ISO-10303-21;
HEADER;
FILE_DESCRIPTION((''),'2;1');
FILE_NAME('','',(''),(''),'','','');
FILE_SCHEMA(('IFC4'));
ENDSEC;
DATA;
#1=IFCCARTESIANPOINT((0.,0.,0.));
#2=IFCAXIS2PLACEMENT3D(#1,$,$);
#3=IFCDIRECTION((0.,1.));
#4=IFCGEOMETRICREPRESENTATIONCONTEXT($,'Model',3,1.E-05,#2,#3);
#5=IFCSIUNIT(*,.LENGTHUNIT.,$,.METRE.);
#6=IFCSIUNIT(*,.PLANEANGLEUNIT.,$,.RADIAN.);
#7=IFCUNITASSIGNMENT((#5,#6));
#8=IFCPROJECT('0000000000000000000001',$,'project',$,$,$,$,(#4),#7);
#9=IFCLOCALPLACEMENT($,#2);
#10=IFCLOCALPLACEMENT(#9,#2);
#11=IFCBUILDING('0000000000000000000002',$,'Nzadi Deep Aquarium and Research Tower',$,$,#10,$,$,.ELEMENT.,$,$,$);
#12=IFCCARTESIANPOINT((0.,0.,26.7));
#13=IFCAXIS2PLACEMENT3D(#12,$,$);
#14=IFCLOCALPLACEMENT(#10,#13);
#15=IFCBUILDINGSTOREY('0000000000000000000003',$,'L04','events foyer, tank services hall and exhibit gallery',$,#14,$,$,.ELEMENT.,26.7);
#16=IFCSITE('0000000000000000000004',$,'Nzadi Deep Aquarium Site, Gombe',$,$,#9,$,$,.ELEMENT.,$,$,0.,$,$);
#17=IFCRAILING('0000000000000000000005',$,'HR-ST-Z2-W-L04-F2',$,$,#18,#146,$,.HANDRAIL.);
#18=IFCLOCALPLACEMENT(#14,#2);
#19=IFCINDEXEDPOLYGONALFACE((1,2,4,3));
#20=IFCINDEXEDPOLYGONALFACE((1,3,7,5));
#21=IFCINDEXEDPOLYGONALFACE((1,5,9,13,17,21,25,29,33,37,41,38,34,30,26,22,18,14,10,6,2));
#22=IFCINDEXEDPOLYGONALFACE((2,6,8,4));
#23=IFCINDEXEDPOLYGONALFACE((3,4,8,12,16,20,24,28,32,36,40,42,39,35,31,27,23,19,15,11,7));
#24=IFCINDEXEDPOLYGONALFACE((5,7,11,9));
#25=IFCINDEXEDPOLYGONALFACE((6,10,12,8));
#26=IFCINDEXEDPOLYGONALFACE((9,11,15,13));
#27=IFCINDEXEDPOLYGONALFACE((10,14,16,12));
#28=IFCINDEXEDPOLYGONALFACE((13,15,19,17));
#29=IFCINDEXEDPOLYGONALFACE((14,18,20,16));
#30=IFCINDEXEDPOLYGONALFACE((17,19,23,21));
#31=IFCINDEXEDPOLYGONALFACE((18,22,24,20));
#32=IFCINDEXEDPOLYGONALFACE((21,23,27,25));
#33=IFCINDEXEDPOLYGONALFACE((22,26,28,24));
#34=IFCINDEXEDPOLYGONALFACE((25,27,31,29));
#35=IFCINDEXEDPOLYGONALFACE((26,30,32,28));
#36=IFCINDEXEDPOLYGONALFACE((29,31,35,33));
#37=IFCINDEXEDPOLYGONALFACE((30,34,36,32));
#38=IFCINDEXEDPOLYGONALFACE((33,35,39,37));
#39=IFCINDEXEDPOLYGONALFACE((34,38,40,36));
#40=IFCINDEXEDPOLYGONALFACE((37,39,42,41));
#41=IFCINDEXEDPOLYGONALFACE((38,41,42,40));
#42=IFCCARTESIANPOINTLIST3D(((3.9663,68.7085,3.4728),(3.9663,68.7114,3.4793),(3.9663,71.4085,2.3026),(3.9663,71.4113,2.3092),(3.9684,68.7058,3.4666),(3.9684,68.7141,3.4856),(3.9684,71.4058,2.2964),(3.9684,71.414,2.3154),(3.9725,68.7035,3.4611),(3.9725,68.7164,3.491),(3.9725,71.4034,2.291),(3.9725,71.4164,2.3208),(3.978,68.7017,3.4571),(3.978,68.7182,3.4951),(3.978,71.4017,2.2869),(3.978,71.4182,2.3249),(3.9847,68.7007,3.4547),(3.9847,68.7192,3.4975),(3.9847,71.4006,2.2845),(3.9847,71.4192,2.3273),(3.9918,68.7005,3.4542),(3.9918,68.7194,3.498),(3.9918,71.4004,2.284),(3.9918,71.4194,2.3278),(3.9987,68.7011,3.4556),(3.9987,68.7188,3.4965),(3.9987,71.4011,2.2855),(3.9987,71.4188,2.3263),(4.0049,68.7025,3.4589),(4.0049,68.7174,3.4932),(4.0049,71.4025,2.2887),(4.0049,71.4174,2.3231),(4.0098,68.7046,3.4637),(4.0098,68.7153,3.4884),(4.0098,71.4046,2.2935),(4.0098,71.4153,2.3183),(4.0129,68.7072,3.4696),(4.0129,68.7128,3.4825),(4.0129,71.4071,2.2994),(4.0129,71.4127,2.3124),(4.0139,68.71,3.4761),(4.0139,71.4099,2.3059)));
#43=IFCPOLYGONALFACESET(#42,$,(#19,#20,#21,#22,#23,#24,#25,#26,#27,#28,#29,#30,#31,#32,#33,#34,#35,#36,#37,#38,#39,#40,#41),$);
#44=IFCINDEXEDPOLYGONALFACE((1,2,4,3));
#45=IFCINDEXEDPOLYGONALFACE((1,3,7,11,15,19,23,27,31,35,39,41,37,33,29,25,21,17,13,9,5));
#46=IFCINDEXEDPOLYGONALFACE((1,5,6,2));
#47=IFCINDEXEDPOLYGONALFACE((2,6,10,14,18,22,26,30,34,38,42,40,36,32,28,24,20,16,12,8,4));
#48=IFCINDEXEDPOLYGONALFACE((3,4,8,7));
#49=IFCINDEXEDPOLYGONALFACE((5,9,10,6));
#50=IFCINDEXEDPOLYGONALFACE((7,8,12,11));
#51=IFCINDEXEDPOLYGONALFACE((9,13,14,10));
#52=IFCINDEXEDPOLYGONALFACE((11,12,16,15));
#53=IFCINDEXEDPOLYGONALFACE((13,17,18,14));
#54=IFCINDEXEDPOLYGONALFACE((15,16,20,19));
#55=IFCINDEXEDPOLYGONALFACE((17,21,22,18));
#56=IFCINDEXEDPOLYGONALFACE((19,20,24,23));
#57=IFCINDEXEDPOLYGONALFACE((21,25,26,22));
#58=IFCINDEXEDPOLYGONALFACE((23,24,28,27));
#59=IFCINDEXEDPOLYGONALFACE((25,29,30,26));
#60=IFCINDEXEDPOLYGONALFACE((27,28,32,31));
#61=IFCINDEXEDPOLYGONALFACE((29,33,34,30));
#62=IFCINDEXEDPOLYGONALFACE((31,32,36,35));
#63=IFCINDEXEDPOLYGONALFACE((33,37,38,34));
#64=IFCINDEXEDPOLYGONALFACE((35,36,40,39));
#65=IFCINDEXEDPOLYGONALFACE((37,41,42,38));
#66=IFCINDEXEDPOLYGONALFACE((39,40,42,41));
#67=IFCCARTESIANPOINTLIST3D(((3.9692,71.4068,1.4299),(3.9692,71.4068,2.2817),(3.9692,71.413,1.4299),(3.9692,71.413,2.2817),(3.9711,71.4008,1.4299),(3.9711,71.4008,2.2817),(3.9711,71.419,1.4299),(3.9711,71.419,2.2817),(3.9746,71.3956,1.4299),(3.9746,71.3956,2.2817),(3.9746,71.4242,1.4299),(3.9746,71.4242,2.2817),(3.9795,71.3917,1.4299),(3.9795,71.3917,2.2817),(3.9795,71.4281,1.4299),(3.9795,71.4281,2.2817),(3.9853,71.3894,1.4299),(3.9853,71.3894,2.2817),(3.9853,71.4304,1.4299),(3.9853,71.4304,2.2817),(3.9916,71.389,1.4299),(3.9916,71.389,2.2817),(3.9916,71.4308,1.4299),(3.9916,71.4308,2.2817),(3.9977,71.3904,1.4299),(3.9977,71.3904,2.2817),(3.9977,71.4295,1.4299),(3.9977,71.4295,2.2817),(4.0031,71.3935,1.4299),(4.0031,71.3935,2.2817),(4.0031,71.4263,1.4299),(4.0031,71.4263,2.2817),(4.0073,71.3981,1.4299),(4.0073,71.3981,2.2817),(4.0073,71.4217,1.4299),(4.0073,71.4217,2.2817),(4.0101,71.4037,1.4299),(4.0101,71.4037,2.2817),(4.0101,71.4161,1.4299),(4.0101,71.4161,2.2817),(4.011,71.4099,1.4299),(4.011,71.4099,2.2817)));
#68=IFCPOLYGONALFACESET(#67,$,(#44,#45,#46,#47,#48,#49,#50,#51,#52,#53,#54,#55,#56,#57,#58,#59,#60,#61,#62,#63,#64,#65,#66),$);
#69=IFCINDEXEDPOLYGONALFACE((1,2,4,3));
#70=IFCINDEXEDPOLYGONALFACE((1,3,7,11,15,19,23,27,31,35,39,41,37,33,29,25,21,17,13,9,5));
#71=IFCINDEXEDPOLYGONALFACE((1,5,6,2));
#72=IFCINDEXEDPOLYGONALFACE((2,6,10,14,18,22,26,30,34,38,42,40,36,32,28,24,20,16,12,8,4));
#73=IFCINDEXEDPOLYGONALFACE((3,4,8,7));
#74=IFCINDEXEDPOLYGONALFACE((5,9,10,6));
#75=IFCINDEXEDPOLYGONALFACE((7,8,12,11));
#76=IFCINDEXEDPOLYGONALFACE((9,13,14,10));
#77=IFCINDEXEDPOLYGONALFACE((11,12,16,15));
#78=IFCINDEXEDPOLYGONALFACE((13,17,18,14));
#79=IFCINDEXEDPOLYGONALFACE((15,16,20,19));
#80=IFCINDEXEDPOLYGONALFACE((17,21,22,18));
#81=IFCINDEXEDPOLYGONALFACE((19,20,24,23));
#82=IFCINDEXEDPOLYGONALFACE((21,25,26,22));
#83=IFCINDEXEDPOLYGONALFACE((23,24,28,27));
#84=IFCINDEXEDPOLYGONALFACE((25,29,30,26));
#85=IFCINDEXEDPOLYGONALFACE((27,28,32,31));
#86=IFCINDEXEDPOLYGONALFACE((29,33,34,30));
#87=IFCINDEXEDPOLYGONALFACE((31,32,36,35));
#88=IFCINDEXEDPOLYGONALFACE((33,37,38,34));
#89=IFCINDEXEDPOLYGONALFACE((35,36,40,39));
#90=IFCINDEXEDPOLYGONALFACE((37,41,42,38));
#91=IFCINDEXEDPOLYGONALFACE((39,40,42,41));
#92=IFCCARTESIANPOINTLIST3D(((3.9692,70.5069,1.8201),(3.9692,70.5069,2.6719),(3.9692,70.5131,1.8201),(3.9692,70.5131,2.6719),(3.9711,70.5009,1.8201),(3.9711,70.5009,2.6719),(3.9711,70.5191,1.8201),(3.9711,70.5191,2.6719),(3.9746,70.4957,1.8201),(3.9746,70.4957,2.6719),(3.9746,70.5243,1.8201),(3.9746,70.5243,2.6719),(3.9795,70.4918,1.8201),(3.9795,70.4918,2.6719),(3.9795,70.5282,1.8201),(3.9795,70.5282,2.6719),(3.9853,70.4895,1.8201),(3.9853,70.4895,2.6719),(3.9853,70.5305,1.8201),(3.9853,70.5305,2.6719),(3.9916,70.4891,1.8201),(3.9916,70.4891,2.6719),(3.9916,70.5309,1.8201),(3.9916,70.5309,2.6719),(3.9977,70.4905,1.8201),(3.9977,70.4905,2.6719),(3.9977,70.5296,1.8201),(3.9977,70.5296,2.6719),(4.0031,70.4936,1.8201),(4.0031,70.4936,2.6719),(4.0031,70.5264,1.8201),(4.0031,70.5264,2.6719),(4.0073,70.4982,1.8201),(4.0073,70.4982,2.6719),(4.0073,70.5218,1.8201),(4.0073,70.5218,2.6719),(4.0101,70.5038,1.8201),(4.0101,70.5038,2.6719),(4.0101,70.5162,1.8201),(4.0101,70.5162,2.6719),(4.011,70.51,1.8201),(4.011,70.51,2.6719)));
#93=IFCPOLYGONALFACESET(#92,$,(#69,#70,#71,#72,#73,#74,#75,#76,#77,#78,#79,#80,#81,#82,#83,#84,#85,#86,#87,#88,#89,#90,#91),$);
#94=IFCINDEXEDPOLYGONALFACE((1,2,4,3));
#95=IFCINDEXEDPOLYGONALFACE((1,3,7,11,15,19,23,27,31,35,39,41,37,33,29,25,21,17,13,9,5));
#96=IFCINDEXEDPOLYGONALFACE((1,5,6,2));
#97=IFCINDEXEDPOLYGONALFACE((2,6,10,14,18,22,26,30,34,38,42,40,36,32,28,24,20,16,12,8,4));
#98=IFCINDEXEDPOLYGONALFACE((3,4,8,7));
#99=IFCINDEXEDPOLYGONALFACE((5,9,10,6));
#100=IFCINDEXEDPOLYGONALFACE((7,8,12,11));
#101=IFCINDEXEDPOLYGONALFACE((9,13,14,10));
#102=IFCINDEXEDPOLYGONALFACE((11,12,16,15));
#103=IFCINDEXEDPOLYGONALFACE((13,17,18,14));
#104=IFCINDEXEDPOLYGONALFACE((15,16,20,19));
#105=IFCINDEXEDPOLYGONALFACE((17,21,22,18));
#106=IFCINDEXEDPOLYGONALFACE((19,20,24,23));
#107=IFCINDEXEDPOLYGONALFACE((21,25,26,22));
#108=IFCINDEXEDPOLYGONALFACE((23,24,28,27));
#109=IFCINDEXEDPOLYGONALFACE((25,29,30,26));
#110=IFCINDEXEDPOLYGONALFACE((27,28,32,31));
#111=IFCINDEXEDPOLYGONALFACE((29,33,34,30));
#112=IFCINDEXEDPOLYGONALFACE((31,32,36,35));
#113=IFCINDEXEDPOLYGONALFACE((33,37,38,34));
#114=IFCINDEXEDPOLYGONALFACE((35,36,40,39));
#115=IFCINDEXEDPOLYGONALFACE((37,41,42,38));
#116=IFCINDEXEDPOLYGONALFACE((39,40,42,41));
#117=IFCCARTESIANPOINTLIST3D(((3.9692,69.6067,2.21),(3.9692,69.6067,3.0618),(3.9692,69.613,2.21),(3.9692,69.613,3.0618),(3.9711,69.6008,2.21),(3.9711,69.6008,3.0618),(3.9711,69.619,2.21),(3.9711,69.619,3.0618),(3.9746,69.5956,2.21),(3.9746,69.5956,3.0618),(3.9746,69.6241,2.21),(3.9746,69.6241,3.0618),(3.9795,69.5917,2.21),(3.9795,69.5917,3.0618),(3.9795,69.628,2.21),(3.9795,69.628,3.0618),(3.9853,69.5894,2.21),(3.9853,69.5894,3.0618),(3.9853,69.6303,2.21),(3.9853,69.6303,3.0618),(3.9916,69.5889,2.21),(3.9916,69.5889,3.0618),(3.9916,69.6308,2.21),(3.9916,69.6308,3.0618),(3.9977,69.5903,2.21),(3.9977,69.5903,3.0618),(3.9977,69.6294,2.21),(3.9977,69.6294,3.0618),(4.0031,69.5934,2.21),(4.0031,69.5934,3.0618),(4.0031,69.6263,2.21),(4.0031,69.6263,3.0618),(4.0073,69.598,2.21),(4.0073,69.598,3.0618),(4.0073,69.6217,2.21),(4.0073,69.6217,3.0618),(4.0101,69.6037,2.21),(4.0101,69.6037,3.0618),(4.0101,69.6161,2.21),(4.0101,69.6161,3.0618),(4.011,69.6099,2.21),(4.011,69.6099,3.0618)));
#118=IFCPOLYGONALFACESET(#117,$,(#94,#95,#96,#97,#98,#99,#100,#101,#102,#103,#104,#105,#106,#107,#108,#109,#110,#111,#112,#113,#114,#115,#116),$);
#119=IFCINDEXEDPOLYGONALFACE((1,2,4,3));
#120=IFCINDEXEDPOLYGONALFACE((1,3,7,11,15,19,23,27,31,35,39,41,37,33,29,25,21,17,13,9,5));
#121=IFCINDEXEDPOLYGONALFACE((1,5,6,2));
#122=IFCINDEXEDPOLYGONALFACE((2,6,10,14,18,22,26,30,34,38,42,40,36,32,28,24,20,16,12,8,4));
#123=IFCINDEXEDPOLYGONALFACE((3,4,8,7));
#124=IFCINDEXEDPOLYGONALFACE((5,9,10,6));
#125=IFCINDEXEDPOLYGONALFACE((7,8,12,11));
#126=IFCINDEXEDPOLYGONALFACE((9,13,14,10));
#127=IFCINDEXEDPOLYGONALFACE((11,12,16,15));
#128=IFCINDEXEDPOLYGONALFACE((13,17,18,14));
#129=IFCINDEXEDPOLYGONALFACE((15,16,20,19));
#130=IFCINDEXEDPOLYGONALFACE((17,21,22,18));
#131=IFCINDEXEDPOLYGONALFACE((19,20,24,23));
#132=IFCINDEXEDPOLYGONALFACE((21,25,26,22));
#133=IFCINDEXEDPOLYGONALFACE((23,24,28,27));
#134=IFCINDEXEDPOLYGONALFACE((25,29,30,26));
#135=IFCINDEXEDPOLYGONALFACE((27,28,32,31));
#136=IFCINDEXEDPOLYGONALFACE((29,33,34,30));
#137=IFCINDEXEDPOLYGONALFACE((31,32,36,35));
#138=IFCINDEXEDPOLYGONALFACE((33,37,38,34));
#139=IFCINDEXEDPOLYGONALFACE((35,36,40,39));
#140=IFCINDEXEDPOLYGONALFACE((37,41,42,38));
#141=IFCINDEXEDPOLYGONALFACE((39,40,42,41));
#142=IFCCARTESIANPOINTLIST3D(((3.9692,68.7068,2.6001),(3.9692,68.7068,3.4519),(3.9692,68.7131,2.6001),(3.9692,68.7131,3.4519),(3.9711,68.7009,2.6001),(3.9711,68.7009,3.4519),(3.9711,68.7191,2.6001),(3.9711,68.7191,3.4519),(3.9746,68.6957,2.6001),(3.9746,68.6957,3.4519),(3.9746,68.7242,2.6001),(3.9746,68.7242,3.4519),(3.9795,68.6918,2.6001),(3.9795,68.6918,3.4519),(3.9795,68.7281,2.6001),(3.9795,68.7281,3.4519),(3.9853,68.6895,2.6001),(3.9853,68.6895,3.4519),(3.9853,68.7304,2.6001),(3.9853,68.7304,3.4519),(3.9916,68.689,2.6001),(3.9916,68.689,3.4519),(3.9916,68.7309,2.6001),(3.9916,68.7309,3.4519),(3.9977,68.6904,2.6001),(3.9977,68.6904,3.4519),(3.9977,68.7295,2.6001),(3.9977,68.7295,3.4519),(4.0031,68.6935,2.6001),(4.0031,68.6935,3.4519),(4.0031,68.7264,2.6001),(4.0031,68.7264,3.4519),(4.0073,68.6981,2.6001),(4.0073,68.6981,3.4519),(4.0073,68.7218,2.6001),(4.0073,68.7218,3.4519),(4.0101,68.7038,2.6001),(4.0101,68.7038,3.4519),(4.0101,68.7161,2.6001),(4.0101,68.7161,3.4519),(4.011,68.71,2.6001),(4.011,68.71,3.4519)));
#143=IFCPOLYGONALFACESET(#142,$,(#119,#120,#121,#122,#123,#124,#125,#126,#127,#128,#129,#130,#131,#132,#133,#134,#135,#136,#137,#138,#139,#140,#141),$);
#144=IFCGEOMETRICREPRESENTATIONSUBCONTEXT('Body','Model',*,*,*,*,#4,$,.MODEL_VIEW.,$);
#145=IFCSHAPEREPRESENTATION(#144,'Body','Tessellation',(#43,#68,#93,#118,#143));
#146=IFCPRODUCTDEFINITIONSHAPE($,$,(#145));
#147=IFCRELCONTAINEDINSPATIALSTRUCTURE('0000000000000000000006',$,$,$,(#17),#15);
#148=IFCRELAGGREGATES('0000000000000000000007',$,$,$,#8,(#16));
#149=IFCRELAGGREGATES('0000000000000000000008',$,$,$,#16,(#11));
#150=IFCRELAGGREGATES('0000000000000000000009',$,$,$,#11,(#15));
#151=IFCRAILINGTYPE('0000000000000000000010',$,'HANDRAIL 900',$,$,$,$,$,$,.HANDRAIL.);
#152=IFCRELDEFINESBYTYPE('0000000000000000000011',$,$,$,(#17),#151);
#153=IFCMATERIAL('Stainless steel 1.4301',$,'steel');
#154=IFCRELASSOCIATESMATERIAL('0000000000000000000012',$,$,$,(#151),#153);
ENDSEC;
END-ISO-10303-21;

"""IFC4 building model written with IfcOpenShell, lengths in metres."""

from ifc_helpers import new_model, si_unit, direction, frame, origin, origin_2d, place, context, subcontext, project, spatial, circle, extrude, material, type_object, element, save


model = new_model("IFC4")

# Units and contexts
model_context = context("Model", 3, precision=1e-05, world=origin(), true_north=direction((0.0, 1.0)))
body_context = subcontext(model_context, "Body", "Model", "MODEL_VIEW")
ifc_project = project(units=[si_unit("LENGTHUNIT", "METRE"), si_unit("PLANEANGLEUNIT", "RADIAN")], contexts=[model_context])

# Site, building, storey
site_placement = place(None, origin())
site = spatial("IfcSite", under=ifc_project, at=site_placement, Name="Nzadi Deep Aquarium Site, Gombe", CompositionType="ELEMENT", RefElevation=0.0)
building_placement = place(site_placement, origin())
building = spatial("IfcBuilding", under=site, at=building_placement, Name="Nzadi Deep Aquarium and Research Tower", CompositionType="ELEMENT")
storey_placement = place(building_placement, frame((0.0, 0.0, 26.7)))
storey = spatial("IfcBuildingStorey", under=building, at=storey_placement, Name="L04", Description="events foyer, tank services hall and exhibit gallery", CompositionType="ELEMENT", Elevation=26.7)

# Railing
ifc_material_1 = material(Name="Stainless steel 1.4301", Category="steel")
railing_type_1 = type_object("IfcRailingType", Name="HANDRAIL 900", PredefinedType="HANDRAIL", material=ifc_material_1)
for number, where, name in (
    (1, (3.99, 71.4099, 1.4299), "HR-ST-Z2-W-L04-F2"),
):
    element("IfcRailing", number, at=place(storey_placement, frame(where)), inside=storey, type_object=railing_type_1, Name=name, PredefinedType="HANDRAIL", context=body_context, shape_type="SweptSolid", body=[
        extrude(circle(Radius=0.0239, at=origin_2d()), frame((0.0, 0.0, 0.876), z_axis=(0.0, -0.917532, 0.397661), x_axis=(1.0, 0.0, 0.0)), (0.0, 0.0, 1.0), 2.9426),
        extrude(circle(Radius=0.021, at=origin_2d()), origin(), (0.0, 0.0, 1.0), 0.8518),
        extrude(circle(Radius=0.021, at=origin_2d()), frame((0.0, -0.8999, 0.3901)), (0.0, 0.0, 1.0), 0.8518),
        extrude(circle(Radius=0.021, at=origin_2d()), frame((0.0, -1.8, 0.78)), (0.0, 0.0, 1.0), 0.8518),
        extrude(circle(Radius=0.021, at=origin_2d()), frame((0.0, -2.7, 1.1702)), (0.0, 0.0, 1.0), 0.8518),
    ])

save(model, "model.ifc")
